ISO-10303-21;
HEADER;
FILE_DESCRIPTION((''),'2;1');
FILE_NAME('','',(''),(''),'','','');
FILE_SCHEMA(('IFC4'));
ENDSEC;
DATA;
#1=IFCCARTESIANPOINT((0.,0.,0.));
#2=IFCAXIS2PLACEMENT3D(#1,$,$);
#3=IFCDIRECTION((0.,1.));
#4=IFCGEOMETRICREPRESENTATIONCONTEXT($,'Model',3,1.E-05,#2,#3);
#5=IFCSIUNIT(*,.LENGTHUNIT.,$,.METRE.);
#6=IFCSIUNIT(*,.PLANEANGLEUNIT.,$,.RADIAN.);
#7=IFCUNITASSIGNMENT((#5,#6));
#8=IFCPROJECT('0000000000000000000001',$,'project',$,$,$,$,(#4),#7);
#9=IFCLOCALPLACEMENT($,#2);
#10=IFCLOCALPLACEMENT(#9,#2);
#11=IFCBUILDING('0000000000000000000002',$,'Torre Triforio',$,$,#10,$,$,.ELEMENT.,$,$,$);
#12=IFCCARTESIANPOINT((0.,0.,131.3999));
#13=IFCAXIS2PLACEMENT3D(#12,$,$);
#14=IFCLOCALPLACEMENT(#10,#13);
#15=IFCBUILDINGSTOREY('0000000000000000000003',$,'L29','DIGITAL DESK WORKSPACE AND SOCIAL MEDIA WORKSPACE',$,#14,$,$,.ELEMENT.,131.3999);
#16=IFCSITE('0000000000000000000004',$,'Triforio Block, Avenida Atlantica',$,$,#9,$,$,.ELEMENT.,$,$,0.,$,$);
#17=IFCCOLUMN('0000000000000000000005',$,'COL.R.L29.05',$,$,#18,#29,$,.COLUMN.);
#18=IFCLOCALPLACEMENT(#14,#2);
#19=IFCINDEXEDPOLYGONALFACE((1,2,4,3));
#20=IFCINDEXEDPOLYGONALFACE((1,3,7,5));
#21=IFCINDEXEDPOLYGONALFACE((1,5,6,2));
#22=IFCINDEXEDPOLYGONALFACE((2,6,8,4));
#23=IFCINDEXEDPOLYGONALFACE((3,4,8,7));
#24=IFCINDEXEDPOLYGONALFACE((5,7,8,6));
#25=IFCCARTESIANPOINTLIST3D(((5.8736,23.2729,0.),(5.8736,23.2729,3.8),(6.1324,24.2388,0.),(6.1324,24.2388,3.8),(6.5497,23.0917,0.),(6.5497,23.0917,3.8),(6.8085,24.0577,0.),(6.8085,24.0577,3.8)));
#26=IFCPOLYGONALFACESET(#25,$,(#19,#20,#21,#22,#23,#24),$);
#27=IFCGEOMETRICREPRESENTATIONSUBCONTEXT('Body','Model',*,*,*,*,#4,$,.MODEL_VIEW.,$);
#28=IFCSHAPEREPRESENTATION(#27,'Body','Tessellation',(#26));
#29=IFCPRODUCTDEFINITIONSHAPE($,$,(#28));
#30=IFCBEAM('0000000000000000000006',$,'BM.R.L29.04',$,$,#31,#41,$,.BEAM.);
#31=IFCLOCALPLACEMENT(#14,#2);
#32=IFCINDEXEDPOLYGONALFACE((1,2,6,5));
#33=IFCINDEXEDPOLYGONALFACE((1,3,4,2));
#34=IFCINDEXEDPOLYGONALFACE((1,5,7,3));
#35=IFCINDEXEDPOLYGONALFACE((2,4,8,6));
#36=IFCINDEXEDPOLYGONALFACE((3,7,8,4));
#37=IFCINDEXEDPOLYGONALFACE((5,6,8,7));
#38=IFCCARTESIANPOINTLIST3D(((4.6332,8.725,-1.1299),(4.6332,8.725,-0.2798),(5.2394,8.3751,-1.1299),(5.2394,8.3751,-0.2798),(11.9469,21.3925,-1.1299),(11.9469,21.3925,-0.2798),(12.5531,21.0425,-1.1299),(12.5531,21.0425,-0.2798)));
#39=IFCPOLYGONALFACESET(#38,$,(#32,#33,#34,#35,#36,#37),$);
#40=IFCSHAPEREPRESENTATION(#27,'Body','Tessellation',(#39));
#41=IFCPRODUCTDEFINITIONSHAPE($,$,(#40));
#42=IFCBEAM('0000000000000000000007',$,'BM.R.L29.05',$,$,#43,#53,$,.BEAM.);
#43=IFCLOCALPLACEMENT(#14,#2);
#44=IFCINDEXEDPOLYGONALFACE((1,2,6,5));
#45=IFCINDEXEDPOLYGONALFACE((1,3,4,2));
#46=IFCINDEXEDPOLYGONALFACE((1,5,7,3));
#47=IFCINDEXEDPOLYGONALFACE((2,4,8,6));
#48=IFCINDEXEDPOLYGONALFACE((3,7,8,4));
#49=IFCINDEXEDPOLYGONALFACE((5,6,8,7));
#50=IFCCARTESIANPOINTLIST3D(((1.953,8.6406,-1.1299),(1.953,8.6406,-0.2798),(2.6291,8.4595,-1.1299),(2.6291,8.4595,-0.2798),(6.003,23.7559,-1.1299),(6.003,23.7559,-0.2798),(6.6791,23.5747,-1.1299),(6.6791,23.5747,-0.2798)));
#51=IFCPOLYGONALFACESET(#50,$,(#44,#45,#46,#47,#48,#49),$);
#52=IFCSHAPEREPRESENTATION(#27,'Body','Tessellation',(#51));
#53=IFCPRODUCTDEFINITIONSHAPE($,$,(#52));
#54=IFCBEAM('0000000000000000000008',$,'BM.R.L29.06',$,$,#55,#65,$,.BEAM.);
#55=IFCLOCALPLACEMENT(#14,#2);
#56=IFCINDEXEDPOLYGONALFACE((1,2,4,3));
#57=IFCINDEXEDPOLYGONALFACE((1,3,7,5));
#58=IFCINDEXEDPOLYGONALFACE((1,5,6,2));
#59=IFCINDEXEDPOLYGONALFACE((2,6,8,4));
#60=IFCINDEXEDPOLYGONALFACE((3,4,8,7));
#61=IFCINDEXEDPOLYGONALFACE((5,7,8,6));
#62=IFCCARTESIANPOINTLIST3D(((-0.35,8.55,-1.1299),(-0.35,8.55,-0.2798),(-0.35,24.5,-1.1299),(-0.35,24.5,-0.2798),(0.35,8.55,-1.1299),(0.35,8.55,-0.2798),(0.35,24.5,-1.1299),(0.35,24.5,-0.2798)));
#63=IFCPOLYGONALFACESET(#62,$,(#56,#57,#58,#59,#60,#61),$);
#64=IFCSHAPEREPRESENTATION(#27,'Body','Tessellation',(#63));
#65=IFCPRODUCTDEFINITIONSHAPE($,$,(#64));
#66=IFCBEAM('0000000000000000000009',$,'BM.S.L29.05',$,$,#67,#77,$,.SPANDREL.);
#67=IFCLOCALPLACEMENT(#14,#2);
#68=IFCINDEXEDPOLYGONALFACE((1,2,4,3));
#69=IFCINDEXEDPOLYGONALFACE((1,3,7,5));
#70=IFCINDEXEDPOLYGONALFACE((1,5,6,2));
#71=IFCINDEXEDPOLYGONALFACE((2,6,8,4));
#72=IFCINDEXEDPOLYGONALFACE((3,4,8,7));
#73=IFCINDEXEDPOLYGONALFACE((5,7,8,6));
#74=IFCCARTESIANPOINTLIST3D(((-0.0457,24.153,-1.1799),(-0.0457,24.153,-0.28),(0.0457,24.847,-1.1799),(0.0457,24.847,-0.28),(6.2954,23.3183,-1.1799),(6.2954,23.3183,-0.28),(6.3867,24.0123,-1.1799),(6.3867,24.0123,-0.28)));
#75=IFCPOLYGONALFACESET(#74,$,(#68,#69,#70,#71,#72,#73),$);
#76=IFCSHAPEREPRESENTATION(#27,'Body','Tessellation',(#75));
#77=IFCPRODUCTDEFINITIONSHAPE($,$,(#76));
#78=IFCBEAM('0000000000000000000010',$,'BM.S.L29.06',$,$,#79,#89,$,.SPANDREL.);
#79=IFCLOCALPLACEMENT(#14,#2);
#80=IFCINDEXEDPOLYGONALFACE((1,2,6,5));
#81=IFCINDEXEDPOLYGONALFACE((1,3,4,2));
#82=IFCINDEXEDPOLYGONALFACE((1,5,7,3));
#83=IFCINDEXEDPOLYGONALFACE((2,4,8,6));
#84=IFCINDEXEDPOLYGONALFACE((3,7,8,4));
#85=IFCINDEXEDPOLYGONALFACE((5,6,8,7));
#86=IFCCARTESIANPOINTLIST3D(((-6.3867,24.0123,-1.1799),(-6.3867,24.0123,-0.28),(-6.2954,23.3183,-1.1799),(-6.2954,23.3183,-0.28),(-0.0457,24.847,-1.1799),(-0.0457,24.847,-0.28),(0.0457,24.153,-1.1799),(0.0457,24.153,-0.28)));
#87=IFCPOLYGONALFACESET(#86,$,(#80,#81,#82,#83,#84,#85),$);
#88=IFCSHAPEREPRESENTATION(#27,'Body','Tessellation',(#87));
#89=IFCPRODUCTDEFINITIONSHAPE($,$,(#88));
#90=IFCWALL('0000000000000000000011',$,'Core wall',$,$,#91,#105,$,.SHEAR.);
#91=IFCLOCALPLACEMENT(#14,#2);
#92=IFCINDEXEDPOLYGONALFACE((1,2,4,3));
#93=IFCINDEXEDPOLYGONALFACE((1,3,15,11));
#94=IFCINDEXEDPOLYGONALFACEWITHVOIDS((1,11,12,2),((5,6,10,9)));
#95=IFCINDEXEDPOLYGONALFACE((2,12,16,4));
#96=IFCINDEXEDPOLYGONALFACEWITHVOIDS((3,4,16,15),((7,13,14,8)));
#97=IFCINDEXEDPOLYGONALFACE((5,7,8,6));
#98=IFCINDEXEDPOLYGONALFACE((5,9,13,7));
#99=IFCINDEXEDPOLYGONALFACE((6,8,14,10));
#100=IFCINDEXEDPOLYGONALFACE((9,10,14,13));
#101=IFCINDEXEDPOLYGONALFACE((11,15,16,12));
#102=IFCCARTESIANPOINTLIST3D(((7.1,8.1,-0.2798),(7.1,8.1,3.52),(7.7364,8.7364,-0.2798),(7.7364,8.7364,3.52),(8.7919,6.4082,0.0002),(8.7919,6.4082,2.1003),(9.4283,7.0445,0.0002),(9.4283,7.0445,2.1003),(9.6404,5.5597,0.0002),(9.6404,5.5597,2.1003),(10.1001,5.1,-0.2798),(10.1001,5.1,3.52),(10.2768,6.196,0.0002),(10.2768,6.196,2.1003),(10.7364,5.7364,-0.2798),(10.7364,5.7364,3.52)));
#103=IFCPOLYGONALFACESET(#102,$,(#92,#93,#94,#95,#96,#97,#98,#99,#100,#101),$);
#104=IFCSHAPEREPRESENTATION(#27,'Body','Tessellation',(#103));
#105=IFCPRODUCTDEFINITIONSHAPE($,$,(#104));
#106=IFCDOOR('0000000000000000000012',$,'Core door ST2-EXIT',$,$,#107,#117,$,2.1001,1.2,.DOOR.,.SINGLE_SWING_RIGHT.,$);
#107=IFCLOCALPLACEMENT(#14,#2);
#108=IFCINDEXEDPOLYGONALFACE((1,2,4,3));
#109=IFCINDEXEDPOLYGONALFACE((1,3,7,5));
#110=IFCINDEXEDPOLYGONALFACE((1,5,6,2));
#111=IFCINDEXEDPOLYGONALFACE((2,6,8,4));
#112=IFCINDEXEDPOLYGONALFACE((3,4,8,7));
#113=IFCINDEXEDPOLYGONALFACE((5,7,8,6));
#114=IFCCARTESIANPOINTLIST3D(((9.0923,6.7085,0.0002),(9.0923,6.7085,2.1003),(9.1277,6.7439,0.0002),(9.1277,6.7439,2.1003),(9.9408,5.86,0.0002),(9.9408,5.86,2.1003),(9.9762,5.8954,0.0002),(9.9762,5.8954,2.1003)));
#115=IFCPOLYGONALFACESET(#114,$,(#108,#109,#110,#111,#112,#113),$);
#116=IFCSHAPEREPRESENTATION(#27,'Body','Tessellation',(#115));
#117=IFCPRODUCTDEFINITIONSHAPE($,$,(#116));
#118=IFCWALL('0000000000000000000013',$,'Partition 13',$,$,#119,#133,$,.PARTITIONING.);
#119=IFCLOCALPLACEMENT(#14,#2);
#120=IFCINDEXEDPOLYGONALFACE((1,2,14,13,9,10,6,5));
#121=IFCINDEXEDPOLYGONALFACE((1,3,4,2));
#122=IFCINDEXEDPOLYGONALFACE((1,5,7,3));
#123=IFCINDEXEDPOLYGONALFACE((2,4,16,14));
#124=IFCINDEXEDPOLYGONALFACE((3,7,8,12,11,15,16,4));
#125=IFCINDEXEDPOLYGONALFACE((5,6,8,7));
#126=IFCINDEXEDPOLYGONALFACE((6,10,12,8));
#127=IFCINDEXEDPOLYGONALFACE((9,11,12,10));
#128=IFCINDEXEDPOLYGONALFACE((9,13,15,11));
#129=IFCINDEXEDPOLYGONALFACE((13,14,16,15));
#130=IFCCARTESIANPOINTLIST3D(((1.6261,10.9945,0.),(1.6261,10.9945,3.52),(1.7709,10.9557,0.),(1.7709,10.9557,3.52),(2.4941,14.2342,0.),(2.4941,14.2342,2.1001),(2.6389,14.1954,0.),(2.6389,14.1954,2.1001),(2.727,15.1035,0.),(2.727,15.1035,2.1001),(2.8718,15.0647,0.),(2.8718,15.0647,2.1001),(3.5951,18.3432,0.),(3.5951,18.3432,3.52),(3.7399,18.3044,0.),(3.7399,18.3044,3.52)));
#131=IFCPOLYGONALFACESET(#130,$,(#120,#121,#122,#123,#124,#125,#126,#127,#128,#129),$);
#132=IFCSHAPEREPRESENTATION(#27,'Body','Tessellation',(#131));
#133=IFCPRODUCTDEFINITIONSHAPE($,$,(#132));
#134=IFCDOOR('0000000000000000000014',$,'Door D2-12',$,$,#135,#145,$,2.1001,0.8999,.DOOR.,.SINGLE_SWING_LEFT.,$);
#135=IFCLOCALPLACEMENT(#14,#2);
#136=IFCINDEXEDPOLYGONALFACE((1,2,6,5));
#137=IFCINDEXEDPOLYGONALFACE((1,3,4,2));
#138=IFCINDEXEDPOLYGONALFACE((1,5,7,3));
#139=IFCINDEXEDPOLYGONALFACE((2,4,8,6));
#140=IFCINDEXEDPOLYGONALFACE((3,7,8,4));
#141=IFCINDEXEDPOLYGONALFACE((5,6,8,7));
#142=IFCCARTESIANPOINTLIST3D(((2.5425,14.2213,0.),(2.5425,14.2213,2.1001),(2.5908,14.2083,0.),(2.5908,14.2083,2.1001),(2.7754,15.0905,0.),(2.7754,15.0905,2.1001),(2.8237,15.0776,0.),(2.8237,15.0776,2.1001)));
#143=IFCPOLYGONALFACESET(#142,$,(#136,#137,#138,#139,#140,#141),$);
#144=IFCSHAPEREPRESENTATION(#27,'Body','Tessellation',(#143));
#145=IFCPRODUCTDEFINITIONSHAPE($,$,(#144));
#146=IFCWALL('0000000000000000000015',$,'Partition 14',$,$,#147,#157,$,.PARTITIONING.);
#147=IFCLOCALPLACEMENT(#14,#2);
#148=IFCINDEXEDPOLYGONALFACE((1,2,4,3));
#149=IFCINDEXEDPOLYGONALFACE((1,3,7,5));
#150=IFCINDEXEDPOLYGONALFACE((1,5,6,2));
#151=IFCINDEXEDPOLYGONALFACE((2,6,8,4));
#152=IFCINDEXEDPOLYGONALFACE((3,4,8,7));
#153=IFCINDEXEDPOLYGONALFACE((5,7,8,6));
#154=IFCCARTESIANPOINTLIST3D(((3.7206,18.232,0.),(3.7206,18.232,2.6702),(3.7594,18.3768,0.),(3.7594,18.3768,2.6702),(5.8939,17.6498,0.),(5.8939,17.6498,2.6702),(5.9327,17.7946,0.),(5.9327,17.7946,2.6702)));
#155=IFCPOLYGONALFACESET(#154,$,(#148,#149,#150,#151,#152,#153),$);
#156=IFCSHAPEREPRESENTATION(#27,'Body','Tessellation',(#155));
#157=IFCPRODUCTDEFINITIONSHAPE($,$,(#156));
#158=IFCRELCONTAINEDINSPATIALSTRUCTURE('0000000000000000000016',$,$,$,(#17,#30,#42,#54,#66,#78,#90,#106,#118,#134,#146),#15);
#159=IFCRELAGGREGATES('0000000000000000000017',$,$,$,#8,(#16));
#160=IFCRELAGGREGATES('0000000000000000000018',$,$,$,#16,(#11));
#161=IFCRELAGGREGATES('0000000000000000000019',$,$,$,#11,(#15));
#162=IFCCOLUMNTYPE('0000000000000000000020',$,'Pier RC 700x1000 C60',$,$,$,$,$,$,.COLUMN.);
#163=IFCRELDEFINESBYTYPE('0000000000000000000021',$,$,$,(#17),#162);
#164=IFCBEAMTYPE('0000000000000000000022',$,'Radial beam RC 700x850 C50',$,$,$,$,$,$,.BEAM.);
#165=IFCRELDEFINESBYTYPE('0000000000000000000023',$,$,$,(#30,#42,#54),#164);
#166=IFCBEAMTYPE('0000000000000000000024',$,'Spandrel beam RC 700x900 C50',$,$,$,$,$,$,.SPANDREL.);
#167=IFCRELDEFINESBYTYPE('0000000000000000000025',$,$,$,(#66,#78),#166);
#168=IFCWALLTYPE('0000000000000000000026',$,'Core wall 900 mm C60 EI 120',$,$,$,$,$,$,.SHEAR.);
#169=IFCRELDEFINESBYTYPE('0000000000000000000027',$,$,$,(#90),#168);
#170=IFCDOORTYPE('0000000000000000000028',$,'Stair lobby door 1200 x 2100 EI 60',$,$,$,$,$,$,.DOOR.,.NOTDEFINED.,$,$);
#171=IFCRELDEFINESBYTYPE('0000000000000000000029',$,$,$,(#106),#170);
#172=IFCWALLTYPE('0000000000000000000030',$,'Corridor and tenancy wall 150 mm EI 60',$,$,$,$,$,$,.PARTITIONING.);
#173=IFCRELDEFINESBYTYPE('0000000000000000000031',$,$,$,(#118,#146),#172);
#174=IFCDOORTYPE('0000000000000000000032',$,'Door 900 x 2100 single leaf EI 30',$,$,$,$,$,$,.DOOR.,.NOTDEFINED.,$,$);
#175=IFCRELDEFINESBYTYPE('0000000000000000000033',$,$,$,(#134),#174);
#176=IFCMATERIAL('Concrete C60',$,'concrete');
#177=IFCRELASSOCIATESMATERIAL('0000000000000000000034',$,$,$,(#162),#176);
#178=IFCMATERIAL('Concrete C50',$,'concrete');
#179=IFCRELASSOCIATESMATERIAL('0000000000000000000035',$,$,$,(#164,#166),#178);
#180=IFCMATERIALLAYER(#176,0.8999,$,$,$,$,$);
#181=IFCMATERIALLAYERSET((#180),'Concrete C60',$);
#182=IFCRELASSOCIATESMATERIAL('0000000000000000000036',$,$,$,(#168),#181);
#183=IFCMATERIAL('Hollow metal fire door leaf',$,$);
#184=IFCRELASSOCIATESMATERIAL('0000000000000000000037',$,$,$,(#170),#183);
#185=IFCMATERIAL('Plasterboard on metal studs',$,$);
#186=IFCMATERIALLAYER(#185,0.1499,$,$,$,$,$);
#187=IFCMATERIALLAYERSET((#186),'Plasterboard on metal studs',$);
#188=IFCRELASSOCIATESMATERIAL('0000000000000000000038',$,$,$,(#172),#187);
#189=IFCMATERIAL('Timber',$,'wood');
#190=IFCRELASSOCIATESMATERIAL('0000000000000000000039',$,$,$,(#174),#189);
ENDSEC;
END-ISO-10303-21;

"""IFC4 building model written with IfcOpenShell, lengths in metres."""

from ifc_helpers import new_model, si_unit, direction, frame, frame_2d, origin, origin_2d, place, context, subcontext, project, spatial, rectangle, extrude, material, layer, layer_set, material_profile, profile_set, type_object, element, fill, save


model = new_model("IFC4")

# Units and contexts
model_context = context("Model", 3, precision=1e-05, world=origin(), true_north=direction((0.0, 1.0)))
body_context = subcontext(model_context, "Body", "Model", "MODEL_VIEW")
ifc_project = project(units=[si_unit("LENGTHUNIT", "METRE"), si_unit("PLANEANGLEUNIT", "RADIAN")], contexts=[model_context])

# Site, building, storey
site_placement = place(None, origin())
site = spatial("IfcSite", under=ifc_project, at=site_placement, Name="Triforio Block, Avenida Atlantica", CompositionType="ELEMENT", RefElevation=0.0)
building_placement = place(site_placement, origin())
building = spatial("IfcBuilding", under=site, at=building_placement, Name="Torre Triforio", CompositionType="ELEMENT")
storey_placement = place(building_placement, frame((0.0, 0.0, 131.3999)))
storey = spatial("IfcBuildingStorey", under=building, at=storey_placement, Name="L29", Description="DIGITAL DESK WORKSPACE AND SOCIAL MEDIA WORKSPACE", CompositionType="ELEMENT", Elevation=131.3999)

# Column
ifc_material_1 = material(Name="Concrete C60", Category="concrete")
ifc_material_profile_1 = material_profile(ifc_material_1, rectangle(XDim=0.7, YDim=1.0, at=origin_2d()), Name="RC 700x1000")
ifc_profile_set_1 = profile_set([ifc_material_profile_1], Name="Concrete C60")
column_type = type_object("IfcColumnType", Name="Pier RC 700x1000 C60", PredefinedType="COLUMN", material=ifc_profile_set_1)
column_placement = place(storey_placement, frame((6.3411, 23.6653, 0.0), z_axis=(0.0, 0.0, 1.0), x_axis=(-0.965926, 0.258819, 0.0)))
element("IfcColumn", 1, at=column_placement, inside=storey, type_object=column_type, Name="COL.R.L29.05", PredefinedType="COLUMN", context=body_context, shape_type="SweptSolid", body=[
    extrude(rectangle(XDim=0.7, YDim=1.0, at=origin_2d()), origin(), (0.0, 0.0, 1.0), 3.8),
])

# Beams
ifc_material_2 = material(Name="Concrete C50", Category="concrete")
ifc_material_profile_2 = material_profile(ifc_material_2, rectangle(XDim=0.7, YDim=0.8501, at=origin_2d()), Name="RC 700x850")
ifc_profile_set_2 = profile_set([ifc_material_profile_2], Name="Concrete C50")
beam_type_1 = type_object("IfcBeamType", Name="Radial beam RC 700x850 C50", PredefinedType="BEAM", material=ifc_profile_set_2)
beam_1_placement = place(storey_placement, frame((4.9363, 8.55, -0.7048), z_axis=(0.500008, 0.866021, 0.0), x_axis=(-0.866021, 0.500008, 0.0)))
element("IfcBeam", 2, at=beam_1_placement, inside=storey, type_object=beam_type_1, Name="BM.R.L29.04", PredefinedType="BEAM", context=body_context, shape_type="SweptSolid", body=[
    extrude(rectangle(XDim=0.7, YDim=0.8501, at=origin_2d()), origin(), (0.0, 0.0, 1.0), 14.6272),
])
beam_2_placement = place(storey_placement, frame((2.291, 8.55, -0.7048), z_axis=(0.258815, 0.965927, 0.0), x_axis=(-0.965927, 0.258815, 0.0)))
element("IfcBeam", 3, at=beam_2_placement, inside=storey, type_object=beam_type_1, Name="BM.R.L29.05", PredefinedType="BEAM", context=body_context, shape_type="SweptSolid", body=[
    extrude(rectangle(XDim=0.7, YDim=0.8501, at=origin_2d()), origin(), (0.0, 0.0, 1.0), 15.6484),
])
beam_3_placement = place(storey_placement, frame((0.0, 8.55, -0.7048), z_axis=(0.0, 1.0, 0.0), x_axis=(-1.0, 0.0, 0.0)))
element("IfcBeam", 4, at=beam_3_placement, inside=storey, type_object=beam_type_1, Name="BM.R.L29.06", PredefinedType="BEAM", context=body_context, shape_type="SweptSolid", body=[
    extrude(rectangle(XDim=0.7, YDim=0.8501, at=origin_2d()), origin(), (0.0, 0.0, 1.0), 15.95),
])
ifc_material_profile_3 = material_profile(ifc_material_2, rectangle(XDim=0.7, YDim=0.8999, at=origin_2d()), Name="RC 700x900")
ifc_profile_set_3 = profile_set([ifc_material_profile_3], Name="Concrete C50")
beam_type_2 = type_object("IfcBeamType", Name="Spandrel beam RC 700x900 C50", PredefinedType="SPANDREL", material=ifc_profile_set_3)
for number, where, z_axis, x_axis, name in (
    (5, (6.3411, 23.6653, -0.73), (-0.991447, 0.130511, 0.0), (-0.130511, -0.991447, 0.0), "BM.S.L29.05"),
    (6, (0.0, 24.5, -0.73), (-0.991447, -0.130511, 0.0), (0.130511, -0.991447, 0.0), "BM.S.L29.06"),
):
    element("IfcBeam", number, at=place(storey_placement, frame(where, z_axis=z_axis, x_axis=x_axis)), inside=storey, type_object=beam_type_2, Name=name, PredefinedType="SPANDREL", context=body_context, shape_type="SweptSolid", body=[
        extrude(rectangle(XDim=0.7, YDim=0.8999, at=origin_2d()), origin(), (0.0, 0.0, 1.0), 6.3958),
    ])

# Walls, openings, doors
ifc_layer_1 = layer(ifc_material_1, 0.8999)
ifc_layer_set_1 = layer_set([ifc_layer_1], Name="Concrete C60")
wall_type_1 = type_object("IfcWallType", Name="Core wall 900 mm C60 EI 120", PredefinedType="SHEAR", material=ifc_layer_set_1)
wall_1_placement = place(storey_placement, frame((7.4182, 8.4182, -0.2798), z_axis=(0.0, 0.0, 1.0), x_axis=(0.707107, -0.707107, 0.0)))
wall_1 = element("IfcWall", 7, at=wall_1_placement, inside=storey, type_object=wall_type_1, Name="Core wall", PredefinedType="SHEAR", context=body_context, shape_type="SweptSolid", body=[
    extrude(rectangle(XDim=4.2427, YDim=0.8999, at=frame_2d((2.1213, 0.0))), origin(), (0.0, 0.0, 1.0), 3.7998),
])
opening_1_placement = place(wall_1_placement, frame((2.3926, 0.0, 0.28)))
opening_1 = element("IfcOpeningElement", 8, at=opening_1_placement, cuts=wall_1, PredefinedType="OPENING", context=body_context, shape_type="SweptSolid", body=[
    extrude(rectangle(XDim=1.2, YDim=2.1001, at=frame_2d((0.6001, 1.05))), frame((0.0, 0.46, 0.0), z_axis=(0.0, -1.0, 0.0), x_axis=(1.0, 0.0, 0.0)), (0.0, 0.0, 1.0), 0.9199),
])
ifc_material_3 = material(Name="Hollow metal fire door leaf")
door_type_1 = type_object("IfcDoorType", Name="Stair lobby door 1200 x 2100 EI 60", OperationType="NOTDEFINED", PredefinedType="DOOR", material=ifc_material_3)
door_1_placement = place(opening_1_placement, origin())
door_1 = element("IfcDoor", 9, at=door_1_placement, inside=storey, type_object=door_type_1, Name="Core door ST2-EXIT", OperationType="SINGLE_SWING_RIGHT", OverallHeight=2.1001, OverallWidth=1.2, PredefinedType="DOOR", context=body_context, shape_type="SweptSolid", body=[
    extrude(rectangle(XDim=1.2, YDim=2.1001, at=frame_2d((0.6001, 1.05))), frame((0.0, 0.0249, 0.0), z_axis=(0.0, -1.0, 0.0), x_axis=(1.0, 0.0, 0.0)), (0.0, 0.0, 1.0), 0.05),
])
fill(opening_1, door_1)
ifc_material_4 = material(Name="Plasterboard on metal studs")
ifc_layer_2 = layer(ifc_material_4, 0.1499)
ifc_layer_set_2 = layer_set([ifc_layer_2], Name="Plasterboard on metal studs")
wall_type_2 = type_object("IfcWallType", Name="Corridor and tenancy wall 150 mm EI 60", PredefinedType="PARTITIONING", material=ifc_layer_set_2)
wall_2_placement = place(storey_placement, frame((1.6985, 10.9751, 0.0), z_axis=(0.0, 0.0, 1.0), x_axis=(0.258811, 0.965928, 0.0)))
wall_2 = element("IfcWall", 10, at=wall_2_placement, inside=storey, type_object=wall_type_2, Name="Partition 13", PredefinedType="PARTITIONING", context=body_context, shape_type="SweptSolid", body=[
    extrude(rectangle(XDim=7.6079, YDim=0.1499, at=frame_2d((3.804, 0.0))), origin(), (0.0, 0.0, 1.0), 3.52),
])
opening_2_placement = place(wall_2_placement, frame((3.354, 0.0, 0.0)))
opening_2 = element("IfcOpeningElement", 11, at=opening_2_placement, cuts=wall_2, PredefinedType="OPENING", context=body_context, shape_type="SweptSolid", body=[
    extrude(rectangle(XDim=0.8999, YDim=2.1001, at=frame_2d((0.45, 1.05))), frame((0.0, 0.085, 0.0), z_axis=(0.0, -1.0, 0.0), x_axis=(1.0, 0.0, 0.0)), (0.0, 0.0, 1.0), 0.1699),
])
ifc_material_5 = material(Name="Timber", Category="wood")
door_type_2 = type_object("IfcDoorType", Name="Door 900 x 2100 single leaf EI 30", OperationType="NOTDEFINED", PredefinedType="DOOR", material=ifc_material_5)
door_2_placement = place(opening_2_placement, origin())
door_2 = element("IfcDoor", 12, at=door_2_placement, inside=storey, type_object=door_type_2, Name="Door D2-12", OperationType="SINGLE_SWING_LEFT", OverallHeight=2.1001, OverallWidth=0.8999, PredefinedType="DOOR", context=body_context, shape_type="SweptSolid", body=[
    extrude(rectangle(XDim=0.8999, YDim=2.1001, at=frame_2d((0.45, 1.05))), frame((0.0, 0.0249, 0.0), z_axis=(0.0, -1.0, 0.0), x_axis=(1.0, 0.0, 0.0)), (0.0, 0.0, 1.0), 0.05),
])
fill(opening_2, door_2)

# Wall
wall_3_placement = place(storey_placement, frame((3.74, 18.3044, 0.0), z_axis=(0.0, 0.0, 1.0), x_axis=(0.965934, -0.25879, 0.0)))
element("IfcWall", 13, at=wall_3_placement, inside=storey, type_object=wall_type_2, Name="Partition 14", PredefinedType="PARTITIONING", context=body_context, shape_type="SweptSolid", body=[
    extrude(rectangle(XDim=2.25, YDim=0.1499, at=frame_2d((1.125, 0.0))), origin(), (0.0, 0.0, 1.0), 2.6702),
])

save(model, "model.ifc")
